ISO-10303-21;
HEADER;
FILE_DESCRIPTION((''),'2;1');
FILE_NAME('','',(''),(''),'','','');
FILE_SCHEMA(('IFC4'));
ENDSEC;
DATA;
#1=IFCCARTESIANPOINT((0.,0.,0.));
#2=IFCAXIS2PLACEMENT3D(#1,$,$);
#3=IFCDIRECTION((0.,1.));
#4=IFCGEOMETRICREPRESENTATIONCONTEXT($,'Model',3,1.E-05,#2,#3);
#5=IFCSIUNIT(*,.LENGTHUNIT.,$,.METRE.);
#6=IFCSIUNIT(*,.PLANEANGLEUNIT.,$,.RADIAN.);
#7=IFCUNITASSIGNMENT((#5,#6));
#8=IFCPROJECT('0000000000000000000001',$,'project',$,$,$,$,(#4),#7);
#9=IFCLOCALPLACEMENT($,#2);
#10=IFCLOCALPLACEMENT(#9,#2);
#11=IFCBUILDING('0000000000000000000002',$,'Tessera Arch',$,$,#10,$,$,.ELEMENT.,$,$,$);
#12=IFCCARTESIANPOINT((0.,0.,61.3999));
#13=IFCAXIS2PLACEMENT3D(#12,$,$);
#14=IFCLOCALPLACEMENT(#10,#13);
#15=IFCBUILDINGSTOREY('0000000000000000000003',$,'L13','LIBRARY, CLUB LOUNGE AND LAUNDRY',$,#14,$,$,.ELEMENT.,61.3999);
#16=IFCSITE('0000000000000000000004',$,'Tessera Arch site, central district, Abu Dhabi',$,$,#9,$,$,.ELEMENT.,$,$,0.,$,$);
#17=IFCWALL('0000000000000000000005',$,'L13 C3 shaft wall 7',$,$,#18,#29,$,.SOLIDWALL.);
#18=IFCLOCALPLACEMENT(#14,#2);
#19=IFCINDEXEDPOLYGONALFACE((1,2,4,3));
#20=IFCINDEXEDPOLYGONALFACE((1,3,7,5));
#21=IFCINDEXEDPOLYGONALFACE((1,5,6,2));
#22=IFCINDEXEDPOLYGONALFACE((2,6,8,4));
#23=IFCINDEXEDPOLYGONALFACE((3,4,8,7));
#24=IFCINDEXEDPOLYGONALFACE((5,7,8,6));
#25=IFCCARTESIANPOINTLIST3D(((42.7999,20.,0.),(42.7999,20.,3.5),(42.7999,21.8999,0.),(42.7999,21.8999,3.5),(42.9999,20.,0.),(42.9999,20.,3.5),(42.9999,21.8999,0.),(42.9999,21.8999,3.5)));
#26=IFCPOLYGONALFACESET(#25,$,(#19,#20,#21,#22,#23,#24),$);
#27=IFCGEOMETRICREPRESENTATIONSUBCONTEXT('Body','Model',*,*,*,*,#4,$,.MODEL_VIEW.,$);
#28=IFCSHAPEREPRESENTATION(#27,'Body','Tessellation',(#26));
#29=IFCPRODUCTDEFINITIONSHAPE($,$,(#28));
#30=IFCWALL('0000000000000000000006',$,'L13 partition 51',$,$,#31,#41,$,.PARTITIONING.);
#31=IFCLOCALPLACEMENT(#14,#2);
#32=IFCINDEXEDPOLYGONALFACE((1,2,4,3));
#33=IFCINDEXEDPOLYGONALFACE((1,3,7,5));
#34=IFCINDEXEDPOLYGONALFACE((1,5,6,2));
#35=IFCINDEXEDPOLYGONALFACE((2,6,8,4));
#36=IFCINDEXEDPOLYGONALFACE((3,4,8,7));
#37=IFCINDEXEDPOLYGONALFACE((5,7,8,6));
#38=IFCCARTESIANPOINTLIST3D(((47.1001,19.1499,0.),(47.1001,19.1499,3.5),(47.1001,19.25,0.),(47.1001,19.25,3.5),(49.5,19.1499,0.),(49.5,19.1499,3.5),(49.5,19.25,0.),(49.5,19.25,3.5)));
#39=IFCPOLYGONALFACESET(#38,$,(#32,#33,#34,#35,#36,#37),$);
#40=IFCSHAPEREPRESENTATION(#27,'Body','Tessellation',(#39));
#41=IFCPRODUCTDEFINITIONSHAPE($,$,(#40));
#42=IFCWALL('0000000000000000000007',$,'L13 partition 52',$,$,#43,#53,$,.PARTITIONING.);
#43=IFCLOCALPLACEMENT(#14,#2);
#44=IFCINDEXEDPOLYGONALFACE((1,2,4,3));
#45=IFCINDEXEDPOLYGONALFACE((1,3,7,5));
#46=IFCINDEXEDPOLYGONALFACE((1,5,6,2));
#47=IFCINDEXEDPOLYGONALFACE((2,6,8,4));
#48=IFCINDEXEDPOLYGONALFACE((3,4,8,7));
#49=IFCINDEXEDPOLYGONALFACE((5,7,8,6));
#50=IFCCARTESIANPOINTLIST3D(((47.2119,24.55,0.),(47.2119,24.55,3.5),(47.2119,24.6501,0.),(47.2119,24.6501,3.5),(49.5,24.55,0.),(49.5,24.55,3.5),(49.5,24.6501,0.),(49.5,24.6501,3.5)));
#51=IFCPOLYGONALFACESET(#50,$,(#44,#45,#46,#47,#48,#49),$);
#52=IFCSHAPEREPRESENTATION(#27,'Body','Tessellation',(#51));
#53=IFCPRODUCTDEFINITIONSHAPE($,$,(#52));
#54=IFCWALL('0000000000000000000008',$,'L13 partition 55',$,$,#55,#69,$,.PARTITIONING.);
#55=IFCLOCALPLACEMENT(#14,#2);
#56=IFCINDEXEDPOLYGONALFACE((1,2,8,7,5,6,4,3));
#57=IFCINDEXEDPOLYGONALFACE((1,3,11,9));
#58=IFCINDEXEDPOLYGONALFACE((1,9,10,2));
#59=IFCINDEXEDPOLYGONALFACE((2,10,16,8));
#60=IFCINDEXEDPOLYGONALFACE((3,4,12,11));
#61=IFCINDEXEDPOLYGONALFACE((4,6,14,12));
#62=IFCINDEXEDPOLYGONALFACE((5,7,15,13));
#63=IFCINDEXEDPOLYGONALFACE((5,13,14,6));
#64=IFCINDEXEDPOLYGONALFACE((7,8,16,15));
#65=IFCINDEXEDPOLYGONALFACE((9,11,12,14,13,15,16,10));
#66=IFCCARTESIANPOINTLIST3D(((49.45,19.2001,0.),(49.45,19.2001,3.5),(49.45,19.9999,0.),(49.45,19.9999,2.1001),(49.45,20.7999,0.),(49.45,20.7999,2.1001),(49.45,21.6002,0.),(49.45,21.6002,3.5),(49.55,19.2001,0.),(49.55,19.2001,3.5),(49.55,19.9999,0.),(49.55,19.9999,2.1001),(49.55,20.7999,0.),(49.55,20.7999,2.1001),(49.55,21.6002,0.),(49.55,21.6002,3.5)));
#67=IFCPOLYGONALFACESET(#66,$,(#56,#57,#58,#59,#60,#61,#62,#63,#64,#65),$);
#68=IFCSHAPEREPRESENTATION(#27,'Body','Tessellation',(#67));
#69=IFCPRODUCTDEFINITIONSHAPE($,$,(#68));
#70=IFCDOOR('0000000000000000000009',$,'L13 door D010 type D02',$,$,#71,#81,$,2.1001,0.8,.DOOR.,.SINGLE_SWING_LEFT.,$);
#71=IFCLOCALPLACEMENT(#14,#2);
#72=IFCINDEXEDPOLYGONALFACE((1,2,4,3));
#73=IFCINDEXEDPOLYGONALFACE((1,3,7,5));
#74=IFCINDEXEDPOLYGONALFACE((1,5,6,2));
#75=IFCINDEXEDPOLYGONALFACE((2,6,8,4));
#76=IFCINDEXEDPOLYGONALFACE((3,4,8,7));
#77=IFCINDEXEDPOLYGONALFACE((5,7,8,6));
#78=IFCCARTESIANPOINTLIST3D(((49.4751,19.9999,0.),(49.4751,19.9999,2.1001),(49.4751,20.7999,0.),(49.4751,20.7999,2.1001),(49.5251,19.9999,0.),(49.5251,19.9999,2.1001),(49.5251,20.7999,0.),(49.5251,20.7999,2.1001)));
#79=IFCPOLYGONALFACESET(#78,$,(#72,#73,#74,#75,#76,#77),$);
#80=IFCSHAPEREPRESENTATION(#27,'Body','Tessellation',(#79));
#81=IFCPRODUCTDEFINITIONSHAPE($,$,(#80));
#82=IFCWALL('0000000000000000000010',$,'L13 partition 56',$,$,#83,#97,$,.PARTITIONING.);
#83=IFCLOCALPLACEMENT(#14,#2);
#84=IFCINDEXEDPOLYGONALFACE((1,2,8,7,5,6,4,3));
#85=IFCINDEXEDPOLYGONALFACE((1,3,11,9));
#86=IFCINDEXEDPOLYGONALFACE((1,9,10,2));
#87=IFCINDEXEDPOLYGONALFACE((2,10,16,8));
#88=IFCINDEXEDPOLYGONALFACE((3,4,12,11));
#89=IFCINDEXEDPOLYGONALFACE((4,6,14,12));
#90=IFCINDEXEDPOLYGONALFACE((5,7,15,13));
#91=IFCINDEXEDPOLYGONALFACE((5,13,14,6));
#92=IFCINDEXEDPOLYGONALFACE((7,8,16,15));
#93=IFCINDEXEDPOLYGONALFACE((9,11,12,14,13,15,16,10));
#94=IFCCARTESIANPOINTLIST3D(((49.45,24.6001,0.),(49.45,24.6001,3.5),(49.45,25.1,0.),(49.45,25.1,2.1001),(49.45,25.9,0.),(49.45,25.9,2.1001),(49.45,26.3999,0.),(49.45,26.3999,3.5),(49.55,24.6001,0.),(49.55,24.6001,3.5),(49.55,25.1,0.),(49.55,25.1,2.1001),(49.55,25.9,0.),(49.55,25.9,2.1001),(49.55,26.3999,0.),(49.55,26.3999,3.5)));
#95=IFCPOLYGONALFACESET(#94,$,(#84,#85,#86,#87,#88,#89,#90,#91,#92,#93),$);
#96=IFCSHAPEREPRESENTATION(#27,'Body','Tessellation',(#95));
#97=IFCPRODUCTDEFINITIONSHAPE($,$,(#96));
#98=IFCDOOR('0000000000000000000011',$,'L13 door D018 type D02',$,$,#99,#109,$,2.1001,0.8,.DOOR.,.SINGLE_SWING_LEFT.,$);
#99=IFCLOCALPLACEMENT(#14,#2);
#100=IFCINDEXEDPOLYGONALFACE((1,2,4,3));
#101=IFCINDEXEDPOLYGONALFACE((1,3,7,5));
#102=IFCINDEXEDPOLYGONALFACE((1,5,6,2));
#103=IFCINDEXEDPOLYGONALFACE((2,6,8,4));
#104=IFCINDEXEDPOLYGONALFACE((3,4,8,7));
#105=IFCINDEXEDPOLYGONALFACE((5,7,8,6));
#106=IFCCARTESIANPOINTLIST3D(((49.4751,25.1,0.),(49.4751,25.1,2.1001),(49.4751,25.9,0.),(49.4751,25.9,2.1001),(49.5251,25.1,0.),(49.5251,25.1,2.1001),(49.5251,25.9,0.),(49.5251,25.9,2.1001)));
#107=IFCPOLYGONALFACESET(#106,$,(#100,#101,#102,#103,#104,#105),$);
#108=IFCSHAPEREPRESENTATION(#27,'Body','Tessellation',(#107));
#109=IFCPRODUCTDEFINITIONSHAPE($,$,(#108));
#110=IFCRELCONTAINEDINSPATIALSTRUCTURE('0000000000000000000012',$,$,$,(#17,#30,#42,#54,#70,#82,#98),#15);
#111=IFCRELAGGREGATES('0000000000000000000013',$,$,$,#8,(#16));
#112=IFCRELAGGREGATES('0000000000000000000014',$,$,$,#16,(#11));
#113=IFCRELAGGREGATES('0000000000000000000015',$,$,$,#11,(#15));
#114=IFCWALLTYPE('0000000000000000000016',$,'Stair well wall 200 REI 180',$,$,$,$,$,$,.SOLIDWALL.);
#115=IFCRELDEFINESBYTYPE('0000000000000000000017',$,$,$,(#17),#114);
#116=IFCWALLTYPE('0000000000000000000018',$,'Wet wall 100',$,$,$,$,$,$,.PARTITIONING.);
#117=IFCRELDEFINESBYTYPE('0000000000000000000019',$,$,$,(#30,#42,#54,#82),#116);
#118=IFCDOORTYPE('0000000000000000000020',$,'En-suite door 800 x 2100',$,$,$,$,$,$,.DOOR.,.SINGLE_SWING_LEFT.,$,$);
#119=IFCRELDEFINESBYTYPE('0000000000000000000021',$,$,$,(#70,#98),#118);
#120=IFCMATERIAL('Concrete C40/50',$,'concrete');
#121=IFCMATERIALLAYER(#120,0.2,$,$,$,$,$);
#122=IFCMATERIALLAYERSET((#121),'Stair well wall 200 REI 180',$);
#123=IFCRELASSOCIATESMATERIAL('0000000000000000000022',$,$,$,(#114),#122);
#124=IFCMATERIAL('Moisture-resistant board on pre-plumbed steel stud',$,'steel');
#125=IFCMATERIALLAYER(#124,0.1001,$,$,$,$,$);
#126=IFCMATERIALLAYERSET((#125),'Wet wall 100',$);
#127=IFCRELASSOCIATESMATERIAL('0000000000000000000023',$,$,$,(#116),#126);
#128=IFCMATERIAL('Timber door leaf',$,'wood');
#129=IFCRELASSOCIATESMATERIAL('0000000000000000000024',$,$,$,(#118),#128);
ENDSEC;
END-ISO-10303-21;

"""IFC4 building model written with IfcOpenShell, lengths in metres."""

from ifc_helpers import new_model, si_unit, direction, frame, frame_2d, origin, place, context, subcontext, project, spatial, rectangle, extrude, material, layer, layer_set, type_object, element, fill, save


model = new_model("IFC4")

# Units and contexts
model_context = context("Model", 3, precision=1e-05, world=origin(), true_north=direction((0.0, 1.0)))
body_context = subcontext(model_context, "Body", "Model", "MODEL_VIEW")
ifc_project = project(units=[si_unit("LENGTHUNIT", "METRE"), si_unit("PLANEANGLEUNIT", "RADIAN")], contexts=[model_context])

# Site, building, storey
site_placement = place(None, origin())
site = spatial("IfcSite", under=ifc_project, at=site_placement, Name="Tessera Arch site, central district, Abu Dhabi", CompositionType="ELEMENT", RefElevation=0.0)
building_placement = place(site_placement, origin())
building = spatial("IfcBuilding", under=site, at=building_placement, Name="Tessera Arch", CompositionType="ELEMENT")
storey_placement = place(building_placement, frame((0.0, 0.0, 61.3999)))
storey = spatial("IfcBuildingStorey", under=building, at=storey_placement, Name="L13", Description="LIBRARY, CLUB LOUNGE AND LAUNDRY", CompositionType="ELEMENT", Elevation=61.3999)

# Walls
ifc_material_1 = material(Name="Concrete C40/50", Category="concrete")
ifc_layer_1 = layer(ifc_material_1, 0.2)
ifc_layer_set_1 = layer_set([ifc_layer_1], Name="Stair well wall 200 REI 180")
wall_type_1 = type_object("IfcWallType", Name="Stair well wall 200 REI 180", PredefinedType="SOLIDWALL", material=ifc_layer_set_1)
wall_1_placement = place(storey_placement, frame((42.8999, 20.0, 0.0), z_axis=(0.0, 0.0, 1.0), x_axis=(0.0, 1.0, 0.0)))
element("IfcWall", 1, at=wall_1_placement, inside=storey, type_object=wall_type_1, Name="L13 C3 shaft wall 7", PredefinedType="SOLIDWALL", context=body_context, shape_type="SweptSolid", body=[
    extrude(rectangle(XDim=1.8999, YDim=0.2, at=frame_2d((0.95, 0.0))), origin(), (0.0, 0.0, 1.0), 3.5),
])
ifc_material_2 = material(Name="Moisture-resistant board on pre-plumbed steel stud", Category="steel")
ifc_layer_2 = layer(ifc_material_2, 0.1001)
ifc_layer_set_2 = layer_set([ifc_layer_2], Name="Wet wall 100")
wall_type_2 = type_object("IfcWallType", Name="Wet wall 100", PredefinedType="PARTITIONING", material=ifc_layer_set_2)
wall_2_placement = place(storey_placement, frame((47.1001, 19.2, 0.0), z_axis=(0.0, 0.0, 1.0), x_axis=(1.0, 0.0, 0.0)))
element("IfcWall", 2, at=wall_2_placement, inside=storey, type_object=wall_type_2, Name="L13 partition 51", PredefinedType="PARTITIONING", context=body_context, shape_type="SweptSolid", body=[
    extrude(rectangle(XDim=2.3999, YDim=0.1001, at=frame_2d((1.2, 0.0))), origin(), (0.0, 0.0, 1.0), 3.5),
])
wall_3_placement = place(storey_placement, frame((47.2119, 24.6001, 0.0), z_axis=(0.0, 0.0, 1.0), x_axis=(1.0, 0.0, 0.0)))
element("IfcWall", 3, at=wall_3_placement, inside=storey, type_object=wall_type_2, Name="L13 partition 52", PredefinedType="PARTITIONING", context=body_context, shape_type="SweptSolid", body=[
    extrude(rectangle(XDim=2.2881, YDim=0.1001, at=frame_2d((1.144, 0.0))), origin(), (0.0, 0.0, 1.0), 3.5),
])

# Walls, openings, doors
wall_4_placement = place(storey_placement, frame((49.5, 19.2, 0.0), z_axis=(0.0, 0.0, 1.0), x_axis=(0.0, 1.0, 0.0)))
wall_4 = element("IfcWall", 4, at=wall_4_placement, inside=storey, type_object=wall_type_2, Name="L13 partition 55", PredefinedType="PARTITIONING", context=body_context, shape_type="SweptSolid", body=[
    extrude(rectangle(XDim=2.4001, YDim=0.1001, at=frame_2d((1.2002, 0.0))), origin(), (0.0, 0.0, 1.0), 3.5),
])
opening_1_placement = place(wall_4_placement, frame((0.8, 0.0, 0.0)))
opening_1 = element("IfcOpeningElement", 5, at=opening_1_placement, cuts=wall_4, PredefinedType="OPENING", context=body_context, shape_type="SweptSolid", body=[
    extrude(rectangle(XDim=0.8, YDim=2.1001, at=frame_2d((0.3999, 1.05))), frame((0.0, 0.0601, 0.0), z_axis=(0.0, -1.0, 0.0), x_axis=(1.0, 0.0, 0.0)), (0.0, 0.0, 1.0), 0.1201),
])
ifc_material_3 = material(Name="Timber door leaf", Category="wood")
door_type_1 = type_object("IfcDoorType", Name="En-suite door 800 x 2100", OperationType="SINGLE_SWING_LEFT", PredefinedType="DOOR", material=ifc_material_3)
door_1_placement = place(opening_1_placement, origin())
door_1 = element("IfcDoor", 6, at=door_1_placement, inside=storey, type_object=door_type_1, Name="L13 door D010 type D02", OperationType="SINGLE_SWING_LEFT", OverallHeight=2.1001, OverallWidth=0.8, PredefinedType="DOOR", context=body_context, shape_type="SweptSolid", body=[
    extrude(rectangle(XDim=0.8, YDim=2.1001, at=frame_2d((0.3999, 1.05))), frame((0.0, 0.0249, 0.0), z_axis=(0.0, -1.0, 0.0), x_axis=(1.0, 0.0, 0.0)), (0.0, 0.0, 1.0), 0.05),
])
fill(opening_1, door_1)
wall_5_placement = place(storey_placement, frame((49.5, 24.6001, 0.0), z_axis=(0.0, 0.0, 1.0), x_axis=(0.0, 1.0, 0.0)))
wall_5 = element("IfcWall", 7, at=wall_5_placement, inside=storey, type_object=wall_type_2, Name="L13 partition 56", PredefinedType="PARTITIONING", context=body_context, shape_type="SweptSolid", body=[
    extrude(rectangle(XDim=1.7998, YDim=0.1001, at=frame_2d((0.8999, 0.0))), origin(), (0.0, 0.0, 1.0), 3.5),
])
opening_2_placement = place(wall_5_placement, frame((0.5, 0.0, 0.0)))
opening_2 = element("IfcOpeningElement", 8, at=opening_2_placement, cuts=wall_5, PredefinedType="OPENING", context=body_context, shape_type="SweptSolid", body=[
    extrude(rectangle(XDim=0.8, YDim=2.1001, at=frame_2d((0.3999, 1.05))), frame((0.0, 0.0601, 0.0), z_axis=(0.0, -1.0, 0.0), x_axis=(1.0, 0.0, 0.0)), (0.0, 0.0, 1.0), 0.1201),
])
door_2_placement = place(opening_2_placement, origin())
door_2 = element("IfcDoor", 9, at=door_2_placement, inside=storey, type_object=door_type_1, Name="L13 door D018 type D02", OperationType="SINGLE_SWING_LEFT", OverallHeight=2.1001, OverallWidth=0.8, PredefinedType="DOOR", context=body_context, shape_type="SweptSolid", body=[
    extrude(rectangle(XDim=0.8, YDim=2.1001, at=frame_2d((0.3999, 1.05))), frame((0.0, 0.0249, 0.0), z_axis=(0.0, -1.0, 0.0), x_axis=(1.0, 0.0, 0.0)), (0.0, 0.0, 1.0), 0.05),
])
fill(opening_2, door_2)

save(model, "model.ifc")
